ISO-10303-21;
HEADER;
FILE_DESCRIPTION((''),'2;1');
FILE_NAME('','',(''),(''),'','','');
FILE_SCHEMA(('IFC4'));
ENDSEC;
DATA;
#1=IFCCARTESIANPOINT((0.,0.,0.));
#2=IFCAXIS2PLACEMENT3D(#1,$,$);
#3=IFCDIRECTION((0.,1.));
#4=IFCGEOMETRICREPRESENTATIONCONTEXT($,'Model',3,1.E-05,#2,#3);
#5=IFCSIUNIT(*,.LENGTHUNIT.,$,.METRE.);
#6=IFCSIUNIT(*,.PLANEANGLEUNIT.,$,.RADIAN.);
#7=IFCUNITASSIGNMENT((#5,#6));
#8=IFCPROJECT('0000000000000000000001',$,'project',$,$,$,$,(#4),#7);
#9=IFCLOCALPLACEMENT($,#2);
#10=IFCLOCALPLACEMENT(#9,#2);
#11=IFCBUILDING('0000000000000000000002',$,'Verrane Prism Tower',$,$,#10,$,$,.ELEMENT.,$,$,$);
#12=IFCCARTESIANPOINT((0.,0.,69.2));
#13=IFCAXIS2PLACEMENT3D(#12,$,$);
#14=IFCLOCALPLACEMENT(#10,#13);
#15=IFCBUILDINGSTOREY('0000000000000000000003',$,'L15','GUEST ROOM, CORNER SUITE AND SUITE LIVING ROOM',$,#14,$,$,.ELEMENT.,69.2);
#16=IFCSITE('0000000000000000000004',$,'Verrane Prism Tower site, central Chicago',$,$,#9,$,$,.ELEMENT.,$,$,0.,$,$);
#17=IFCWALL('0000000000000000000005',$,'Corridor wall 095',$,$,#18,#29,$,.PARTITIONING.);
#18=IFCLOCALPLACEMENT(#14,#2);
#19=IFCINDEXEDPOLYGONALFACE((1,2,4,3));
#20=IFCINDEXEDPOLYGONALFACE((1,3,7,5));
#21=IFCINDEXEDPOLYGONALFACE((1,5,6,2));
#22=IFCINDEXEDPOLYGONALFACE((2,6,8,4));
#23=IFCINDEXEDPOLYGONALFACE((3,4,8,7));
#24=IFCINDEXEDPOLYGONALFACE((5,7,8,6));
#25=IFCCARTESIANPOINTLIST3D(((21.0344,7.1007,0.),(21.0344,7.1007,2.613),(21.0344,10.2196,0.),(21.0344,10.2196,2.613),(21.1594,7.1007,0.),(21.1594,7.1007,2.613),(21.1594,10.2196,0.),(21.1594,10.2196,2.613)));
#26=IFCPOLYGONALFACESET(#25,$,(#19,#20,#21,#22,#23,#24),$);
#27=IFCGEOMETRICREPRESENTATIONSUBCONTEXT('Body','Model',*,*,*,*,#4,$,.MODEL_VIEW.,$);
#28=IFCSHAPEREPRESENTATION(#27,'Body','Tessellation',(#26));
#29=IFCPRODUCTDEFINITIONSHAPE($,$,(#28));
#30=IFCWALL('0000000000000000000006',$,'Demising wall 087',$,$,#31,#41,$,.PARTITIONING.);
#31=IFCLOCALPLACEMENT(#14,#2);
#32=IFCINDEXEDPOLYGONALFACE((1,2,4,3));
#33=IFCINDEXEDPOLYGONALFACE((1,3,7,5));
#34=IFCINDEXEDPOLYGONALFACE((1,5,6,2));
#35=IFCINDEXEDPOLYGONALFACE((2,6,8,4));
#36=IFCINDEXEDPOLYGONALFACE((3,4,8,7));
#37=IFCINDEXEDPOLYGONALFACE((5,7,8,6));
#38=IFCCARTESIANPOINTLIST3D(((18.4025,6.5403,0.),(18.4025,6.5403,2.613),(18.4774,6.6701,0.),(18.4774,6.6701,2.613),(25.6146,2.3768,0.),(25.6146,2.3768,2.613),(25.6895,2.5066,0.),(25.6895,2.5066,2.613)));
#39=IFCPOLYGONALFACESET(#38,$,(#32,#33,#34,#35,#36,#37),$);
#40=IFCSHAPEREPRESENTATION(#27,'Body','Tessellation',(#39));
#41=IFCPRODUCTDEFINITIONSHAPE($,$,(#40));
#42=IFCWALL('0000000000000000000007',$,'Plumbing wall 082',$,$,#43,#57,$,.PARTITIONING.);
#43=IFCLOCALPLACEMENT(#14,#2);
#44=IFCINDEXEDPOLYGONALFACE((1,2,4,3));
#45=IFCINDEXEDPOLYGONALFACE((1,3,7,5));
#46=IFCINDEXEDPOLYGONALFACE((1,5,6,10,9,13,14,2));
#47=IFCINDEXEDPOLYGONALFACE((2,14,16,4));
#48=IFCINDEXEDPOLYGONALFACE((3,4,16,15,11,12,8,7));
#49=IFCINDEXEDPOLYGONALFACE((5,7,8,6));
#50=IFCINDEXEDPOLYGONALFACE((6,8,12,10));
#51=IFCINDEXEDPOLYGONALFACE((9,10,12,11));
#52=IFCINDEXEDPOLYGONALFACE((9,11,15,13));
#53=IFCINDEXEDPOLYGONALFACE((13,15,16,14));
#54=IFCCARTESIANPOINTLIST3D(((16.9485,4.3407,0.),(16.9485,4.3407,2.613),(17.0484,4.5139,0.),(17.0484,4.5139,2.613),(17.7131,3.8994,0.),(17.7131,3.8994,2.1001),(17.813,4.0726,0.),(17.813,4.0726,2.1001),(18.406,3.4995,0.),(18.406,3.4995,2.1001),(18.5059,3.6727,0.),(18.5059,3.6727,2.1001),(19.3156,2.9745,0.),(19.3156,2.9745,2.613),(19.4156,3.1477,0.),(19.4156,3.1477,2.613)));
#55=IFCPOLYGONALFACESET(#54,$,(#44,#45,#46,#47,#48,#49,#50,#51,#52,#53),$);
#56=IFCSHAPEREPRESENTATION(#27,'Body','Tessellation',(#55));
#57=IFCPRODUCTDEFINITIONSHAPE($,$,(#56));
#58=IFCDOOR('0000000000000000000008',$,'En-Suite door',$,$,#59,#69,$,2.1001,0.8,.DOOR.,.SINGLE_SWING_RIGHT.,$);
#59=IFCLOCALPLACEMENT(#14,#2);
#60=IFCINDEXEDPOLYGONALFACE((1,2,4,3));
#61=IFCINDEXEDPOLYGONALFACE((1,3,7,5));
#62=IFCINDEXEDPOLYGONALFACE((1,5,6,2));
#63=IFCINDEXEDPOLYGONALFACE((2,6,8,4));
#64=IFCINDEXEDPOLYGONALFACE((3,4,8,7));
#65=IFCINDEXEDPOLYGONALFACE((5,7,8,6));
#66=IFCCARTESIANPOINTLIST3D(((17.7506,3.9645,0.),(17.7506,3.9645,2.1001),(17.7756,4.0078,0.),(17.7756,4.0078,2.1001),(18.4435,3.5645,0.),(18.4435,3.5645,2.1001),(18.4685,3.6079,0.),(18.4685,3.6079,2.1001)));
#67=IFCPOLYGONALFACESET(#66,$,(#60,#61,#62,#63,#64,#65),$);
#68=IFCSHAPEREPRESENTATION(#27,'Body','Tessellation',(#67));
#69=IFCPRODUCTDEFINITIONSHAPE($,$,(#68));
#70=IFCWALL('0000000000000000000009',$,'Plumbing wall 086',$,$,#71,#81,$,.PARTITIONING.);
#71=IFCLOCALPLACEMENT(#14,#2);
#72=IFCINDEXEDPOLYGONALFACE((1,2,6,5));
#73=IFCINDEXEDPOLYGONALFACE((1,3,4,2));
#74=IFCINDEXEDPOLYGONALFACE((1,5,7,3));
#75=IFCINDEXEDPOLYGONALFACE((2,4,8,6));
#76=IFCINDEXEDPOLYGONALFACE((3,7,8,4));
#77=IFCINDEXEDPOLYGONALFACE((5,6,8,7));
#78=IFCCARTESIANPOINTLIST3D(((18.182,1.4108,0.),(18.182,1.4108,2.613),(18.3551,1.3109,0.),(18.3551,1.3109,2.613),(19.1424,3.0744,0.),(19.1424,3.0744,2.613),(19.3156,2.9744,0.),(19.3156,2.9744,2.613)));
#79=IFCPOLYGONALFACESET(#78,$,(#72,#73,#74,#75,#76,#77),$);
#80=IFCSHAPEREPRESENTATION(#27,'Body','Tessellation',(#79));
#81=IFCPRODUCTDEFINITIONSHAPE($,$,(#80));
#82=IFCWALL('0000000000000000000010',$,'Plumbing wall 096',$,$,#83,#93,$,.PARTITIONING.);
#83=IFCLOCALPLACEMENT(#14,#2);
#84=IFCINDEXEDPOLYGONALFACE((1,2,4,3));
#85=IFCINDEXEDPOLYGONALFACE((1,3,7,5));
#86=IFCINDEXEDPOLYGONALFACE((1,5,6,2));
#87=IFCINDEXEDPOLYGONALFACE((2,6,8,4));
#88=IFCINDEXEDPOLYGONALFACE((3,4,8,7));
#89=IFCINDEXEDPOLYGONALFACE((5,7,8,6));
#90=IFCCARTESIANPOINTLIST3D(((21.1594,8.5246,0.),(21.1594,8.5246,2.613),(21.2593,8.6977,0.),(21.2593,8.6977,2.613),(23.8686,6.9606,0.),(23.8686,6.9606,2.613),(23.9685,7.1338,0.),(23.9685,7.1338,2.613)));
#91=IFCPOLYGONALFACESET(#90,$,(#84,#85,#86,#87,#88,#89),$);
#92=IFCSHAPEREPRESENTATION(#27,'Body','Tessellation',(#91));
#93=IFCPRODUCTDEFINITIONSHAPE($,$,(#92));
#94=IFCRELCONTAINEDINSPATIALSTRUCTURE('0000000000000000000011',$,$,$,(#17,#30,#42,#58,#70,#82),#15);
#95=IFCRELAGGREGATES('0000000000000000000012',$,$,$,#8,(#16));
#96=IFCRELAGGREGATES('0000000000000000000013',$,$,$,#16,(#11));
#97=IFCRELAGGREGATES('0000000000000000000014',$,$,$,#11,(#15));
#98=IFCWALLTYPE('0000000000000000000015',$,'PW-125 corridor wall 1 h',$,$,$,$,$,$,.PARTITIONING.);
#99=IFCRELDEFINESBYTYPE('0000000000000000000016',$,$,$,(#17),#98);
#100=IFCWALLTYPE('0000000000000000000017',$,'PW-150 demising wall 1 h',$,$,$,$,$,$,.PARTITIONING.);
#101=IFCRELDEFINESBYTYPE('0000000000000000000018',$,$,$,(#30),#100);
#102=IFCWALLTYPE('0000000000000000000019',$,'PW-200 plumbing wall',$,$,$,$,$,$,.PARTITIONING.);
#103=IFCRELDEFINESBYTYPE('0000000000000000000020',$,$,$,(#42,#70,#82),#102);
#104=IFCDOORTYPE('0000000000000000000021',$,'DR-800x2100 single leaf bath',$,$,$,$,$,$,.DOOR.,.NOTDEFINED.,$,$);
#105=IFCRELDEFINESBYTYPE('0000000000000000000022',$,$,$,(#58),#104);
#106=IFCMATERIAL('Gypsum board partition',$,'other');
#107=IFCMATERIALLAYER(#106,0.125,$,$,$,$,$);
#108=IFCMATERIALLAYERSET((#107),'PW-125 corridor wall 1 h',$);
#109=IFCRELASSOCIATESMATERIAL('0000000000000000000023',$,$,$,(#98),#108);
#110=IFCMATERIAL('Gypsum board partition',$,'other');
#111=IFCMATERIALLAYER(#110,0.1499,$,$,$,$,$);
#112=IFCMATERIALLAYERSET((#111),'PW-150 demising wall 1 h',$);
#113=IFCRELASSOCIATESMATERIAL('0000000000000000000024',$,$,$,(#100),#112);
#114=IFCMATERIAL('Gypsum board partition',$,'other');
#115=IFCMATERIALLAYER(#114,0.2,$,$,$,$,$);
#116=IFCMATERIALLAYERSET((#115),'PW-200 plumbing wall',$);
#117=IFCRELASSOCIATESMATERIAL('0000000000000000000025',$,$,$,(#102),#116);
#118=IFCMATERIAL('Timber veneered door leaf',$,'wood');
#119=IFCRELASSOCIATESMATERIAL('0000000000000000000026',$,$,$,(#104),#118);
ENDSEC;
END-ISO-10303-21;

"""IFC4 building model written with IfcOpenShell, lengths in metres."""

from ifc_helpers import new_model, si_unit, direction, frame, frame_2d, origin, place, context, subcontext, project, spatial, rectangle, extrude, material, layer, layer_set, type_object, element, fill, save


model = new_model("IFC4")

# Units and contexts
model_context = context("Model", 3, precision=1e-05, world=origin(), true_north=direction((0.0, 1.0)))
body_context = subcontext(model_context, "Body", "Model", "MODEL_VIEW")
ifc_project = project(units=[si_unit("LENGTHUNIT", "METRE"), si_unit("PLANEANGLEUNIT", "RADIAN")], contexts=[model_context])

# Site, building, storey
site_placement = place(None, origin())
site = spatial("IfcSite", under=ifc_project, at=site_placement, Name="Verrane Prism Tower site, central Chicago", CompositionType="ELEMENT", RefElevation=0.0)
building_placement = place(site_placement, origin())
building = spatial("IfcBuilding", under=site, at=building_placement, Name="Verrane Prism Tower", CompositionType="ELEMENT")
storey_placement = place(building_placement, frame((0.0, 0.0, 69.2)))
storey = spatial("IfcBuildingStorey", under=building, at=storey_placement, Name="L15", Description="GUEST ROOM, CORNER SUITE AND SUITE LIVING ROOM", CompositionType="ELEMENT", Elevation=69.2)

# Shared definitions
ifc_material_1 = material(Name="Gypsum board partition", Category="other")
ifc_layer_1 = layer(ifc_material_1, 0.125)
ifc_layer_set_1 = layer_set([ifc_layer_1], Name="PW-125 corridor wall 1 h")
wall_type_1 = type_object("IfcWallType", Name="PW-125 corridor wall 1 h", PredefinedType="PARTITIONING", material=ifc_layer_set_1)

# Walls
wall_1_placement = place(storey_placement, frame((21.0969, 7.1006, 0.0), z_axis=(0.0, 0.0, 1.0), x_axis=(0.0, 1.0, 0.0)))
element("IfcWall", 1, at=wall_1_placement, inside=storey, type_object=wall_type_1, Name="Corridor wall 095", PredefinedType="PARTITIONING", context=body_context, shape_type="SweptSolid", body=[
    extrude(rectangle(XDim=3.1189, YDim=0.125, at=frame_2d((1.5596, 0.0))), origin(), (0.0, 0.0, 1.0), 2.613),
])
ifc_material_2 = material(Name="Gypsum board partition", Category="other")
ifc_layer_2 = layer(ifc_material_2, 0.1499)
ifc_layer_set_2 = layer_set([ifc_layer_2], Name="PW-150 demising wall 1 h")
wall_type_2 = type_object("IfcWallType", Name="PW-150 demising wall 1 h", PredefinedType="PARTITIONING", material=ifc_layer_set_2)
wall_2_placement = place(storey_placement, frame((18.4399, 6.6052, 0.0), z_axis=(0.0, 0.0, 1.0), x_axis=(0.866044, -0.499967, 0.0)))
element("IfcWall", 2, at=wall_2_placement, inside=storey, type_object=wall_type_2, Name="Demising wall 087", PredefinedType="PARTITIONING", context=body_context, shape_type="SweptSolid", body=[
    extrude(rectangle(XDim=8.3276, YDim=0.1499, at=frame_2d((4.1638, 0.0))), origin(), (0.0, 0.0, 1.0), 2.613),
])

# Wall, opening, door
ifc_material_3 = material(Name="Gypsum board partition", Category="other")
ifc_layer_3 = layer(ifc_material_3, 0.2)
ifc_layer_set_3 = layer_set([ifc_layer_3], Name="PW-200 plumbing wall")
wall_type_3 = type_object("IfcWallType", Name="PW-200 plumbing wall", PredefinedType="PARTITIONING", material=ifc_layer_set_3)
wall_3_placement = place(storey_placement, frame((19.3657, 3.061, 0.0), z_axis=(0.0, 0.0, 1.0), x_axis=(-0.866102, 0.499867, 0.0)))
wall_3 = element("IfcWall", 3, at=wall_3_placement, inside=storey, type_object=wall_type_3, Name="Plumbing wall 082", PredefinedType="PARTITIONING", context=body_context, shape_type="SweptSolid", body=[
    extrude(rectangle(XDim=2.7332, YDim=0.2, at=frame_2d((1.3667, 0.0))), origin(), (0.0, 0.0, 1.0), 2.613),
])
opening_1_placement = place(wall_3_placement, frame((1.0505, 0.0, 0.0)))
opening_1 = element("IfcOpeningElement", 4, at=opening_1_placement, cuts=wall_3, PredefinedType="OPENING", context=body_context, shape_type="SweptSolid", body=[
    extrude(rectangle(XDim=0.8, YDim=2.1001, at=frame_2d((0.3999, 1.05))), frame((0.0, 0.1099, 0.0), z_axis=(0.0, -1.0, 0.0), x_axis=(1.0, 0.0, 0.0)), (0.0, 0.0, 1.0), 0.22),
])
ifc_material_4 = material(Name="Timber veneered door leaf", Category="wood")
door_type_1 = type_object("IfcDoorType", Name="DR-800x2100 single leaf bath", OperationType="NOTDEFINED", PredefinedType="DOOR", material=ifc_material_4)
door_1_placement = place(opening_1_placement, origin())
door_1 = element("IfcDoor", 5, at=door_1_placement, inside=storey, type_object=door_type_1, Name="En-Suite door", OperationType="SINGLE_SWING_RIGHT", OverallHeight=2.1001, OverallWidth=0.8, PredefinedType="DOOR", context=body_context, shape_type="SweptSolid", body=[
    extrude(rectangle(XDim=0.8, YDim=2.1001, at=frame_2d((0.3999, 1.05))), frame((0.0, 0.0249, 0.0), z_axis=(0.0, -1.0, 0.0), x_axis=(1.0, 0.0, 0.0)), (0.0, 0.0, 1.0), 0.05),
])
fill(opening_1, door_1)

# Walls
wall_4_placement = place(storey_placement, frame((18.2686, 1.3608, 0.0), z_axis=(0.0, 0.0, 1.0), x_axis=(0.499994, 0.866029, 0.0)))
element("IfcWall", 6, at=wall_4_placement, inside=storey, type_object=wall_type_3, Name="Plumbing wall 086", PredefinedType="PARTITIONING", context=body_context, shape_type="SweptSolid", body=[
    extrude(rectangle(XDim=1.9209, YDim=0.2, at=frame_2d((0.9604, 0.0))), origin(), (0.0, 0.0, 1.0), 2.613),
])
wall_5_placement = place(storey_placement, frame((21.2095, 8.6111, 0.0), z_axis=(0.0, 0.0, 1.0), x_axis=(0.866054, -0.49995, 0.0)))
element("IfcWall", 7, at=wall_5_placement, inside=storey, type_object=wall_type_3, Name="Plumbing wall 096", PredefinedType="PARTITIONING", context=body_context, shape_type="SweptSolid", body=[
    extrude(rectangle(XDim=3.1282, YDim=0.2, at=frame_2d((1.564, 0.0))), origin(), (0.0, 0.0, 1.0), 2.613),
])

save(model, "model.ifc")
